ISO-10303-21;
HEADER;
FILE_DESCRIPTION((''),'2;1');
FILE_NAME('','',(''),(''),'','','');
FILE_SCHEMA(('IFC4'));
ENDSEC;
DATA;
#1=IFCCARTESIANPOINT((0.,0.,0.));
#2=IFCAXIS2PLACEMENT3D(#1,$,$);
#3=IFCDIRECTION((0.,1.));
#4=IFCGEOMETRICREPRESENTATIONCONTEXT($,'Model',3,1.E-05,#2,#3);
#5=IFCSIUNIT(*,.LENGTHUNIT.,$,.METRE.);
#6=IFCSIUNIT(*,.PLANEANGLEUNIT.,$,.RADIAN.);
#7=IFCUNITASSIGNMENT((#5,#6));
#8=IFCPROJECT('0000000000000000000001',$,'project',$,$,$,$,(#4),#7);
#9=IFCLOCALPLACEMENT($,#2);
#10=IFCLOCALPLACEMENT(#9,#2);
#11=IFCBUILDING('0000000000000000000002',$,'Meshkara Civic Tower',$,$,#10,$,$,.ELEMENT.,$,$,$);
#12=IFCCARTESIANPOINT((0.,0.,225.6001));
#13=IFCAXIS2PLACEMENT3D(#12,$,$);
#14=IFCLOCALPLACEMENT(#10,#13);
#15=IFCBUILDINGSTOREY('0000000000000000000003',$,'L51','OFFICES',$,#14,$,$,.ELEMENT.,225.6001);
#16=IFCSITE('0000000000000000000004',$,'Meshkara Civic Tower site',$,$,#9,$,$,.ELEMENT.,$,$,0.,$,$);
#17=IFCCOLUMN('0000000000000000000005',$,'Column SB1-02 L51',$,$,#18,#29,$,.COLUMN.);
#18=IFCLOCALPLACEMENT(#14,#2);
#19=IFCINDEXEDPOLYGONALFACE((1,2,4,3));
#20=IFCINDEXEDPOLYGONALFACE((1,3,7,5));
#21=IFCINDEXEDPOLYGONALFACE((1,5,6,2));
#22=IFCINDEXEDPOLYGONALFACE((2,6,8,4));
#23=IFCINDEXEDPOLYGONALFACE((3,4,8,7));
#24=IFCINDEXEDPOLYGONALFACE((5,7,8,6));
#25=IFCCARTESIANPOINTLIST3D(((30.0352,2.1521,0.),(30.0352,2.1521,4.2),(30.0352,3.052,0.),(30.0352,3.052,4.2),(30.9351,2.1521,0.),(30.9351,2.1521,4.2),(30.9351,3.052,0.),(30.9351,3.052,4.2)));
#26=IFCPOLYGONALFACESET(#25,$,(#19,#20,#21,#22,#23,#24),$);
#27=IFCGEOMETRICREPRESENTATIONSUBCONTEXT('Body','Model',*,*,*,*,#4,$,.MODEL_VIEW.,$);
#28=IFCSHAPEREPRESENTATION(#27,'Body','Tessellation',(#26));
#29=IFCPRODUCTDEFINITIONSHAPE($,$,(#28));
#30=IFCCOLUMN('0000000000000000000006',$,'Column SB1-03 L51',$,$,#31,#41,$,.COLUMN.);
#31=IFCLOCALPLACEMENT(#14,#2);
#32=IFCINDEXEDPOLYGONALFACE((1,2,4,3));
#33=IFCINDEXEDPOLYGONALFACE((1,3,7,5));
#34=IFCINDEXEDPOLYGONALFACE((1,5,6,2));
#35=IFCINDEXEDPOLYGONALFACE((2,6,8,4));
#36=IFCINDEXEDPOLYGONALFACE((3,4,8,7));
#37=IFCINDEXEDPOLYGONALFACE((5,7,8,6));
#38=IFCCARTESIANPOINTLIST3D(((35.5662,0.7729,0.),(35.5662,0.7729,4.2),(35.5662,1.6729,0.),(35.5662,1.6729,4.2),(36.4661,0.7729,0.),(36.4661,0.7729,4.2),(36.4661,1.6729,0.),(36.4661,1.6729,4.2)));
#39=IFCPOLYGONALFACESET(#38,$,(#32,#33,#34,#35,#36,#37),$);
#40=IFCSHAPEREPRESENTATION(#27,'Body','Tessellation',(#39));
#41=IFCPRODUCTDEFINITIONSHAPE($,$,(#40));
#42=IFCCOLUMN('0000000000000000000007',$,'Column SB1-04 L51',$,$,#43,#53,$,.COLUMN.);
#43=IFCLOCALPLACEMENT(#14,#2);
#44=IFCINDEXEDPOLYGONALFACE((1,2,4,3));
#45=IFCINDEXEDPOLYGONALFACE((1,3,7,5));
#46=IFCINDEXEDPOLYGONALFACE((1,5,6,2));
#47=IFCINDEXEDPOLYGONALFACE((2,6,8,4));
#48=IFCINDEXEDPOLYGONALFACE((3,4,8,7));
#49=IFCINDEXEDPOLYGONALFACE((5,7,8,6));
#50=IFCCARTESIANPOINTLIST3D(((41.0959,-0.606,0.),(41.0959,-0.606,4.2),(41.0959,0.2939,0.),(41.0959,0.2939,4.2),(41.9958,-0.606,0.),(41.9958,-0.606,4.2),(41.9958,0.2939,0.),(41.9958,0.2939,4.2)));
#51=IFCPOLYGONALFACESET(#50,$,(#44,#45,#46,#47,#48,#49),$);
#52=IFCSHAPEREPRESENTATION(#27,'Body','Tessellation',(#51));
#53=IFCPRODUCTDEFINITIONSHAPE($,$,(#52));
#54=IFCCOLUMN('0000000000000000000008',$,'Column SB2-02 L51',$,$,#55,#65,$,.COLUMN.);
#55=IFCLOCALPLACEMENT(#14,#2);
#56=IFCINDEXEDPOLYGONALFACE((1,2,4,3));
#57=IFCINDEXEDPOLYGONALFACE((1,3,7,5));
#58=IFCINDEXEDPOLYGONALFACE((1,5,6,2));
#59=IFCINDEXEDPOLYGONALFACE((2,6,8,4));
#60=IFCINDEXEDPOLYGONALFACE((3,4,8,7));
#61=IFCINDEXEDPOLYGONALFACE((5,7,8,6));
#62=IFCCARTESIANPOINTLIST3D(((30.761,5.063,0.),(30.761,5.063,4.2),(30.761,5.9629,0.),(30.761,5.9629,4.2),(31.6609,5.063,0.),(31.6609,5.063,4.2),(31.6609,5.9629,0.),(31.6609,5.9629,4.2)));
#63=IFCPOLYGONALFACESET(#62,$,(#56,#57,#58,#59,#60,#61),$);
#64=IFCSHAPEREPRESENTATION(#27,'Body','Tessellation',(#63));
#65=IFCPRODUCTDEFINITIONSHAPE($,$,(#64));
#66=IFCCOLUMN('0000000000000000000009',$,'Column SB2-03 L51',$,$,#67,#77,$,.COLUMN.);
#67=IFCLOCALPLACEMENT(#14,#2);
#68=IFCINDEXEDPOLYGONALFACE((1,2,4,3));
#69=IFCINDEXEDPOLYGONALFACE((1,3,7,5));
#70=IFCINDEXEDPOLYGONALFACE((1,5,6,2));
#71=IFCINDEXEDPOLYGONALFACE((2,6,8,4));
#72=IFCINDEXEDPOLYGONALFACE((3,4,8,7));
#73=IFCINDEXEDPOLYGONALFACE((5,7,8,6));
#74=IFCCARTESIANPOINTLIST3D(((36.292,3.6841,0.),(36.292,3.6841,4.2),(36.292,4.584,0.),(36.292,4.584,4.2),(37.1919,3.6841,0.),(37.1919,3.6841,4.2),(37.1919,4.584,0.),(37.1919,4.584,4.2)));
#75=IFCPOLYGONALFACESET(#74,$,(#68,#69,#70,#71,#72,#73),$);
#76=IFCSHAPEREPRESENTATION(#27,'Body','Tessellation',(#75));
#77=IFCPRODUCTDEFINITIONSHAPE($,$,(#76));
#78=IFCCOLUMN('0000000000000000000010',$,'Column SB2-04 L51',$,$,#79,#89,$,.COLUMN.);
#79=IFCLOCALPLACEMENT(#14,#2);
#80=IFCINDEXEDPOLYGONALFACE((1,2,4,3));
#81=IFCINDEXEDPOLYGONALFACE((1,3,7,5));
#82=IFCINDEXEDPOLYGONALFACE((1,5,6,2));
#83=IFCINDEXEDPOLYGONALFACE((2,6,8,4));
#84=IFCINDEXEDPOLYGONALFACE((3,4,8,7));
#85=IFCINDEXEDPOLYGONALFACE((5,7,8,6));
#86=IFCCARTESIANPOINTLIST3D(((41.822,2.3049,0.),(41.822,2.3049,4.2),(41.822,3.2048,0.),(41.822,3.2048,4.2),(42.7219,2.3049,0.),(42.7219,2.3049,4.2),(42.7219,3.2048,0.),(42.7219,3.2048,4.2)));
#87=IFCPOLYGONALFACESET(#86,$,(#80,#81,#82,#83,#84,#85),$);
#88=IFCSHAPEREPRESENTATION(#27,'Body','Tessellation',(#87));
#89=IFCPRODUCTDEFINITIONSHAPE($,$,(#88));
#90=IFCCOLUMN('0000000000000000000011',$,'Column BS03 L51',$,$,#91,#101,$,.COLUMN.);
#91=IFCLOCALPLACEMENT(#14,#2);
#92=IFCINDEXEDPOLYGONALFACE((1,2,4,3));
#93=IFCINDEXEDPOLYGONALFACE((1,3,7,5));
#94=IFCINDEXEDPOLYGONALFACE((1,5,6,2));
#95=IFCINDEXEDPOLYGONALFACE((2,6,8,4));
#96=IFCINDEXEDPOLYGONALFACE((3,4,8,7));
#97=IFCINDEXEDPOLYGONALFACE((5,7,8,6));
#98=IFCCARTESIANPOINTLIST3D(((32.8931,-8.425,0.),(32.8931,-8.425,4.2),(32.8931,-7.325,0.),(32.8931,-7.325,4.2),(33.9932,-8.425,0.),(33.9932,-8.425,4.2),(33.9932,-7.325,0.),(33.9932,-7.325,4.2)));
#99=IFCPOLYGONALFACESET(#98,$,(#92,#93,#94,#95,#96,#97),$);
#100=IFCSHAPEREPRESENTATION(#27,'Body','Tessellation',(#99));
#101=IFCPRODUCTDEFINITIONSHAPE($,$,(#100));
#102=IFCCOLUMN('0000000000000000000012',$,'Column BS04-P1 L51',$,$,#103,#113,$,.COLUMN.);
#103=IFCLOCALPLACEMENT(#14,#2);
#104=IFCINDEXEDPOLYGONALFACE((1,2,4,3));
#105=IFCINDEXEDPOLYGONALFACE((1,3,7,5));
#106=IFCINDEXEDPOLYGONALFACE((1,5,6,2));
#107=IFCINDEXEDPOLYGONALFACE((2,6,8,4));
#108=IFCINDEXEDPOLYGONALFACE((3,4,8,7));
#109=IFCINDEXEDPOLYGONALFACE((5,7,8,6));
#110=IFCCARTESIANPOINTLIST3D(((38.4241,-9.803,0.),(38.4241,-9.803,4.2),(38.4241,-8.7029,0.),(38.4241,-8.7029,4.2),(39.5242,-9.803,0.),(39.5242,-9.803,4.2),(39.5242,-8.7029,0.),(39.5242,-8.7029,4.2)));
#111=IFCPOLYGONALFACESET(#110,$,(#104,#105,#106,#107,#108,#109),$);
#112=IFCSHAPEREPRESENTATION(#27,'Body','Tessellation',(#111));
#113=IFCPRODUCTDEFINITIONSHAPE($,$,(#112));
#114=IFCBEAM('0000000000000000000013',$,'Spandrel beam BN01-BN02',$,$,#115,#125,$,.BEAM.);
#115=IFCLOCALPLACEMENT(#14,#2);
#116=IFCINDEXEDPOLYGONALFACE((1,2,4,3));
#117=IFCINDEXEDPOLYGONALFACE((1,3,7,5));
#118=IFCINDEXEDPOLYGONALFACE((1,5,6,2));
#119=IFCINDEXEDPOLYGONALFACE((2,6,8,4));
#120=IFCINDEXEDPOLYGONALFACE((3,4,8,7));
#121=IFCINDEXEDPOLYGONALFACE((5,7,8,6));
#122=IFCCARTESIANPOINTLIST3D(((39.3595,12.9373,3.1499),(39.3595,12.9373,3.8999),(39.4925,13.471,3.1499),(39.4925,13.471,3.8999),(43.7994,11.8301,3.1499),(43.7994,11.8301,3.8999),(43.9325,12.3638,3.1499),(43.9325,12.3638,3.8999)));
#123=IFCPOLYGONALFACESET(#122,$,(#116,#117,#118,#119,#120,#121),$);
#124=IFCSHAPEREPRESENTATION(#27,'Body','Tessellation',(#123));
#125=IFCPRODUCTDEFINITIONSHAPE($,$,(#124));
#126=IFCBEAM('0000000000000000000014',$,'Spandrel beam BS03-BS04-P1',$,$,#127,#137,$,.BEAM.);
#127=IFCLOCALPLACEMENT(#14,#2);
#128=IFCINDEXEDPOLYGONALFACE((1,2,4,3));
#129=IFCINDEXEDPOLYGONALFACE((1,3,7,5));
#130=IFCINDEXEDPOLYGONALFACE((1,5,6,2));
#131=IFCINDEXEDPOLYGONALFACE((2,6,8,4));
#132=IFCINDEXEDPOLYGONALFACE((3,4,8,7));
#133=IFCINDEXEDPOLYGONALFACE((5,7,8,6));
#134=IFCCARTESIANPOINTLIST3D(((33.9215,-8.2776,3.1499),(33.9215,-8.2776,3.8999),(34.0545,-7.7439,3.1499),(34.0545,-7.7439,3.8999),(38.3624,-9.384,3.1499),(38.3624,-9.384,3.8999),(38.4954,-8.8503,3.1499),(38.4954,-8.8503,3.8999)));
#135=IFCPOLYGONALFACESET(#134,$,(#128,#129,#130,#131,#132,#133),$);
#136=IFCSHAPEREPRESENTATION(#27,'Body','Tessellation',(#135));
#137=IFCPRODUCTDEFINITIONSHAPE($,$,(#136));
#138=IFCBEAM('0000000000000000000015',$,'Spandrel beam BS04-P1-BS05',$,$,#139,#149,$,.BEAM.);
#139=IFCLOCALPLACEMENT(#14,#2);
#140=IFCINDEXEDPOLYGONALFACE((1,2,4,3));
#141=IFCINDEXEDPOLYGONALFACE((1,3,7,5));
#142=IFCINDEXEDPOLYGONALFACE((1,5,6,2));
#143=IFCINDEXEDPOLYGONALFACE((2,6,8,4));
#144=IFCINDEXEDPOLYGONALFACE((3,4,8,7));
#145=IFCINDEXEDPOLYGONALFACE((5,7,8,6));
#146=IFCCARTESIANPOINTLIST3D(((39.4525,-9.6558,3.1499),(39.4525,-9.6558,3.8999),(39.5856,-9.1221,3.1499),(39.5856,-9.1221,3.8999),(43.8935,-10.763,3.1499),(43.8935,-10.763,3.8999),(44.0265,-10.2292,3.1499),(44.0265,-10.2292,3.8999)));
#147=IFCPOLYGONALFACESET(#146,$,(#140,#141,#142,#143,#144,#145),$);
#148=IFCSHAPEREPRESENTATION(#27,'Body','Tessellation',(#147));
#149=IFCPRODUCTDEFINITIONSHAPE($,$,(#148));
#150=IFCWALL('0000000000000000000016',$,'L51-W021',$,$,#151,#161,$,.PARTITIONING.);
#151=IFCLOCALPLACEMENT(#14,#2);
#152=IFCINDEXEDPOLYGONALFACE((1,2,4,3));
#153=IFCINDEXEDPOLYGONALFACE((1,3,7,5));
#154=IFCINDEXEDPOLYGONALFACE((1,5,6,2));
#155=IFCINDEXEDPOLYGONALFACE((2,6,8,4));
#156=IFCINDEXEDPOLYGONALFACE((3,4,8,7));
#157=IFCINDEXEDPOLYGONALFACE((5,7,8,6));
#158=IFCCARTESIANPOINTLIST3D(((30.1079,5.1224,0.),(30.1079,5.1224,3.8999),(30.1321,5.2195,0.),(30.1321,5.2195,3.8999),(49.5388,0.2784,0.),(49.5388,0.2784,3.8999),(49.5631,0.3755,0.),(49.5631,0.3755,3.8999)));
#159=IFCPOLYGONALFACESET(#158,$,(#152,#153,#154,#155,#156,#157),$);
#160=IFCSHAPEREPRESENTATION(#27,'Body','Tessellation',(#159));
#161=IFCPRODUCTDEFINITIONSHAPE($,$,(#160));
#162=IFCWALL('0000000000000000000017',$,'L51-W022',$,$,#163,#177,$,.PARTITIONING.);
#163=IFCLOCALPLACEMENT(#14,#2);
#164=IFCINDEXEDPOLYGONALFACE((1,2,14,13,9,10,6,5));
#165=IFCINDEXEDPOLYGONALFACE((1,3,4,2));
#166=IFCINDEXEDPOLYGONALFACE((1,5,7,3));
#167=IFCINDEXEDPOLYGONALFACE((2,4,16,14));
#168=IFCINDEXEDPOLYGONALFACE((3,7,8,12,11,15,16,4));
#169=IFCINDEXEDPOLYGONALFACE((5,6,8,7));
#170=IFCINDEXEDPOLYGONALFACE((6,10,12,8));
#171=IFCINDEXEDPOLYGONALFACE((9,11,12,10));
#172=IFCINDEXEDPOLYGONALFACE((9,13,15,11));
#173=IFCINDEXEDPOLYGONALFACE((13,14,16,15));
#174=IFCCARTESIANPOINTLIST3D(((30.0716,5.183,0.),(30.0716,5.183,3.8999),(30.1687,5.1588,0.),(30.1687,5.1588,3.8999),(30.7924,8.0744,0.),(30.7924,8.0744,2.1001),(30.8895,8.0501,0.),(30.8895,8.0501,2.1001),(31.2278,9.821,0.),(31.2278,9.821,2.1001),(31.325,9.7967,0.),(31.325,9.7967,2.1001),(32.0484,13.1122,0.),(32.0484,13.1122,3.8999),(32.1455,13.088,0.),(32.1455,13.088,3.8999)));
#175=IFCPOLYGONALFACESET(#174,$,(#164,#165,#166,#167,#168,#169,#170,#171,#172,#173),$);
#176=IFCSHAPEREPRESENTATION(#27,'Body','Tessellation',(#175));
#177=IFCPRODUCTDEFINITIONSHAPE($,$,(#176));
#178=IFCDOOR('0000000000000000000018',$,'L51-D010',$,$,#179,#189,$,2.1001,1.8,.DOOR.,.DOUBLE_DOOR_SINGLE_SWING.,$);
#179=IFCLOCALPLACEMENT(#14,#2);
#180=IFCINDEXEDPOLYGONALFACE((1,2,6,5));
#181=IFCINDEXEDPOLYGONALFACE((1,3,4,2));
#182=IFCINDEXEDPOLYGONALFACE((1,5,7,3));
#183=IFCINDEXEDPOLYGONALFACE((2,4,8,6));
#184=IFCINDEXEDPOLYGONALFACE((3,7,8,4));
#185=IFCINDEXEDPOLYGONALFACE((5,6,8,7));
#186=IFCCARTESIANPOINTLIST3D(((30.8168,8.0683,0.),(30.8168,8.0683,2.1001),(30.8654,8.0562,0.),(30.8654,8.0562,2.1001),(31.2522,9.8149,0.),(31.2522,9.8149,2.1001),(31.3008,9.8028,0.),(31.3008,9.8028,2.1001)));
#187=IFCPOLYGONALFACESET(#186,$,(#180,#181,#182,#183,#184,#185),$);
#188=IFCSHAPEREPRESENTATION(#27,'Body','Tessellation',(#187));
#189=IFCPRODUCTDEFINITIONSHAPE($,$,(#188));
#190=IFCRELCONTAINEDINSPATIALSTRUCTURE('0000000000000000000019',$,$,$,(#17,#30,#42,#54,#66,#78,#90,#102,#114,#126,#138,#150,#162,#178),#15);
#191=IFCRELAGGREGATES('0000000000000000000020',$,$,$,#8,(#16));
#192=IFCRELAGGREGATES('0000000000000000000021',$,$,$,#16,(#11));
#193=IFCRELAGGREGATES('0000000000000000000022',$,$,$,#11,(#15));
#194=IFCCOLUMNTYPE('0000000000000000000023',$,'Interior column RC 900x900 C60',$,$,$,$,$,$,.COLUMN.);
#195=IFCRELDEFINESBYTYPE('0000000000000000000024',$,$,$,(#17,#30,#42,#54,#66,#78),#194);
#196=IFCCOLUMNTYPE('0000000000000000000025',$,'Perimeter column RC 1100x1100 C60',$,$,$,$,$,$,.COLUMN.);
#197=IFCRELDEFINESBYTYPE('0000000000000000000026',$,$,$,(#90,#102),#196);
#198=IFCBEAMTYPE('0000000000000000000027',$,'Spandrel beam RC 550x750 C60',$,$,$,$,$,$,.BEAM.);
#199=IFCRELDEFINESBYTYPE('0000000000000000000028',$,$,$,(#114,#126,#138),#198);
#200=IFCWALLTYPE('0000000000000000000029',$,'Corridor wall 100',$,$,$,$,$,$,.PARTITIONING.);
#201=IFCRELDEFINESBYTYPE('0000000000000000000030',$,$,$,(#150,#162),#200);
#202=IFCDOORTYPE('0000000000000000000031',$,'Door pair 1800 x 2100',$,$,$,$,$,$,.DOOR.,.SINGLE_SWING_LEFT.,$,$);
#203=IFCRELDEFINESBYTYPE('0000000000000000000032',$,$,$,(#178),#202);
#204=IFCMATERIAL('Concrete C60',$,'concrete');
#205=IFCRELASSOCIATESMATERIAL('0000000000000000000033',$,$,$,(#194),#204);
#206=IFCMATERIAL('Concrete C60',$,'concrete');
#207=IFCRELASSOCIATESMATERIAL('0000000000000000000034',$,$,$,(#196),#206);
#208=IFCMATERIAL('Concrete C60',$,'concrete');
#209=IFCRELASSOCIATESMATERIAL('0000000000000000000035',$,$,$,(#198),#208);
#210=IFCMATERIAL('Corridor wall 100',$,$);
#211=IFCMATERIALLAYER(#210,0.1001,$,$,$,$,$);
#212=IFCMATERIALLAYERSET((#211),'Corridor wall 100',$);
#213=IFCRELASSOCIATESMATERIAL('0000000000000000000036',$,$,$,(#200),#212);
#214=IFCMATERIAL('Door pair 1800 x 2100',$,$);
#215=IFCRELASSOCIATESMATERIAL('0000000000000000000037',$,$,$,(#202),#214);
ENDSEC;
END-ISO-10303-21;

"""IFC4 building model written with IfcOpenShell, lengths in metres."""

from ifc_helpers import new_model, si_unit, direction, frame, frame_2d, origin, origin_2d, place, context, subcontext, project, spatial, rectangle, extrude, material, layer, layer_set, material_profile, profile_set, type_object, element, fill, save


model = new_model("IFC4")

# Units and contexts
model_context = context("Model", 3, precision=1e-05, world=origin(), true_north=direction((0.0, 1.0)))
body_context = subcontext(model_context, "Body", "Model", "MODEL_VIEW")
ifc_project = project(units=[si_unit("LENGTHUNIT", "METRE"), si_unit("PLANEANGLEUNIT", "RADIAN")], contexts=[model_context])

# Site, building, storey
site_placement = place(None, origin())
site = spatial("IfcSite", under=ifc_project, at=site_placement, Name="Meshkara Civic Tower site", CompositionType="ELEMENT", RefElevation=0.0)
building_placement = place(site_placement, origin())
building = spatial("IfcBuilding", under=site, at=building_placement, Name="Meshkara Civic Tower", CompositionType="ELEMENT")
storey_placement = place(building_placement, frame((0.0, 0.0, 225.6001)))
storey = spatial("IfcBuildingStorey", under=building, at=storey_placement, Name="L51", Description="OFFICES", CompositionType="ELEMENT", Elevation=225.6001)

# Columns
ifc_material_1 = material(Name="Concrete C60", Category="concrete")
ifc_material_profile_1 = material_profile(ifc_material_1, rectangle(XDim=0.8999, YDim=0.8999, at=origin_2d()))
ifc_profile_set_1 = profile_set([ifc_material_profile_1], Name="Concrete C60")
column_type_1 = type_object("IfcColumnType", Name="Interior column RC 900x900 C60", PredefinedType="COLUMN", material=ifc_profile_set_1)
for number, where, z_axis, x_axis, name in (
    (1, (30.4851, 2.6021, 0.0), (0.0, 0.0, 1.0), (1.0, 0.0, 0.0), "Column SB1-02 L51"),
    (2, (36.0161, 1.2229, 0.0), (0.0, 0.0, 1.0), (1.0, 0.0, 0.0), "Column SB1-03 L51"),
    (3, (41.5459, -0.156, 0.0), (0.0, 0.0, 1.0), (1.0, 0.0, 0.0), "Column SB1-04 L51"),
    (4, (31.2109, 5.5129, 0.0), (0.0, 0.0, 1.0), (1.0, 0.0, 0.0), "Column SB2-02 L51"),
    (5, (36.7419, 4.134, 0.0), (0.0, 0.0, 1.0), (1.0, 0.0, 0.0), "Column SB2-03 L51"),
    (6, (42.272, 2.7549, 0.0), (0.0, 0.0, 1.0), (1.0, 0.0, 0.0), "Column SB2-04 L51"),
):
    element("IfcColumn", number, at=place(storey_placement, frame(where, z_axis=z_axis, x_axis=x_axis)), inside=storey, type_object=column_type_1, Name=name, PredefinedType="COLUMN", context=body_context, shape_type="SweptSolid", body=[
        extrude(rectangle(XDim=0.8999, YDim=0.8999, at=origin_2d()), origin(), (0.0, 0.0, 1.0), 4.2),
    ])
ifc_material_2 = material(Name="Concrete C60", Category="concrete")
ifc_material_profile_2 = material_profile(ifc_material_2, rectangle(XDim=1.1001, YDim=1.1001, at=origin_2d()))
ifc_profile_set_2 = profile_set([ifc_material_profile_2], Name="Concrete C60")
column_type_2 = type_object("IfcColumnType", Name="Perimeter column RC 1100x1100 C60", PredefinedType="COLUMN", material=ifc_profile_set_2)
for number, where, z_axis, x_axis, name in (
    (7, (33.4431, -7.875, 0.0), (0.0, 0.0, 1.0), (1.0, 0.0, 0.0), "Column BS03 L51"),
    (8, (38.9741, -9.2529, 0.0), (0.0, 0.0, 1.0), (1.0, 0.0, 0.0), "Column BS04-P1 L51"),
):
    element("IfcColumn", number, at=place(storey_placement, frame(where, z_axis=z_axis, x_axis=x_axis)), inside=storey, type_object=column_type_2, Name=name, PredefinedType="COLUMN", context=body_context, shape_type="SweptSolid", body=[
        extrude(rectangle(XDim=1.1001, YDim=1.1001, at=origin_2d()), origin(), (0.0, 0.0, 1.0), 4.2),
    ])

# Beams
ifc_material_3 = material(Name="Concrete C60", Category="concrete")
ifc_material_profile_3 = material_profile(ifc_material_3, rectangle(XDim=0.55, YDim=0.75, at=origin_2d()))
ifc_profile_set_3 = profile_set([ifc_material_profile_3], Name="Concrete C60")
beam_type = type_object("IfcBeamType", Name="Spandrel beam RC 550x750 C60", PredefinedType="BEAM", material=ifc_profile_set_3)
beam_1_placement = place(storey_placement, frame((43.866, 12.0969, 3.5249), z_axis=(-0.970287, 0.241958, 0.0), x_axis=(-0.241958, -0.970287, 0.0)))
element("IfcBeam", 9, at=beam_1_placement, inside=storey, type_object=beam_type, Name="Spandrel beam BN01-BN02", PredefinedType="BEAM", context=body_context, shape_type="SweptSolid", body=[
    extrude(rectangle(XDim=0.55, YDim=0.75, at=origin_2d()), origin(), (0.0, 0.0, 1.0), 4.5759),
])
beam_2_placement = place(storey_placement, frame((33.988, -8.0107, 3.5249), z_axis=(0.970337, -0.241757, 0.0), x_axis=(0.241757, 0.970337, 0.0)))
element("IfcBeam", 10, at=beam_2_placement, inside=storey, type_object=beam_type, Name="Spandrel beam BS03-BS04-P1", PredefinedType="BEAM", context=body_context, shape_type="SweptSolid", body=[
    extrude(rectangle(XDim=0.55, YDim=0.75, at=origin_2d()), origin(), (0.0, 0.0, 1.0), 4.5767),
])
beam_3_placement = place(storey_placement, frame((39.519, -9.3889, 3.5249), z_axis=(0.970299, -0.241908, 0.0), x_axis=(0.241908, 0.970299, 0.0)))
element("IfcBeam", 11, at=beam_3_placement, inside=storey, type_object=beam_type, Name="Spandrel beam BS04-P1-BS05", PredefinedType="BEAM", context=body_context, shape_type="SweptSolid", body=[
    extrude(rectangle(XDim=0.55, YDim=0.75, at=origin_2d()), origin(), (0.0, 0.0, 1.0), 4.5769),
])

# Wall
ifc_material_4 = material(Name="Corridor wall 100")
ifc_layer_1 = layer(ifc_material_4, 0.1001)
ifc_layer_set_1 = layer_set([ifc_layer_1], Name="Corridor wall 100")
wall_type_1 = type_object("IfcWallType", Name="Corridor wall 100", PredefinedType="PARTITIONING", material=ifc_layer_set_1)
wall_1_placement = place(storey_placement, frame((30.1201, 5.1709, 0.0), z_axis=(0.0, 0.0, 1.0), x_axis=(0.970304, -0.24189, 0.0)))
element("IfcWall", 12, at=wall_1_placement, inside=storey, type_object=wall_type_1, Name="L51-W021", PredefinedType="PARTITIONING", context=body_context, shape_type="SweptSolid", body=[
    extrude(rectangle(XDim=20.0256, YDim=0.1001, at=frame_2d((10.0127, 0.0))), origin(), (0.0, 0.0, 1.0), 3.8999),
])

# Wall, opening, door
wall_2_placement = place(storey_placement, frame((30.1201, 5.1709, 0.0), z_axis=(0.0, 0.0, 1.0), x_axis=(0.241903, 0.9703, 0.0)))
wall_2 = element("IfcWall", 13, at=wall_2_placement, inside=storey, type_object=wall_type_1, Name="L51-W022", PredefinedType="PARTITIONING", context=body_context, shape_type="SweptSolid", body=[
    extrude(rectangle(XDim=8.1719, YDim=0.1001, at=frame_2d((4.0859, 0.0))), origin(), (0.0, 0.0, 1.0), 3.8999),
])
opening_1_placement = place(wall_2_placement, frame((2.98, 0.0, 0.0)))
opening_1 = element("IfcOpeningElement", 14, at=opening_1_placement, cuts=wall_2, PredefinedType="OPENING", context=body_context, shape_type="SweptSolid", body=[
    extrude(rectangle(XDim=1.8, YDim=2.1001, at=frame_2d((0.8999, 1.05))), frame((0.0, 0.0601, 0.0), z_axis=(0.0, -1.0, 0.0), x_axis=(1.0, 0.0, 0.0)), (0.0, 0.0, 1.0), 0.1201),
])
ifc_material_5 = material(Name="Door pair 1800 x 2100")
door_type = type_object("IfcDoorType", Name="Door pair 1800 x 2100", OperationType="SINGLE_SWING_LEFT", PredefinedType="DOOR", material=ifc_material_5)
door_placement = place(opening_1_placement, origin())
door = element("IfcDoor", 15, at=door_placement, inside=storey, type_object=door_type, Name="L51-D010", OperationType="DOUBLE_DOOR_SINGLE_SWING", OverallHeight=2.1001, OverallWidth=1.8, PredefinedType="DOOR", context=body_context, shape_type="SweptSolid", body=[
    extrude(rectangle(XDim=1.8, YDim=2.1001, at=frame_2d((0.8999, 1.05))), frame((0.0, 0.0249, 0.0), z_axis=(0.0, -1.0, 0.0), x_axis=(1.0, 0.0, 0.0)), (0.0, 0.0, 1.0), 0.05),
])
fill(opening_1, door)

save(model, "model.ifc")
